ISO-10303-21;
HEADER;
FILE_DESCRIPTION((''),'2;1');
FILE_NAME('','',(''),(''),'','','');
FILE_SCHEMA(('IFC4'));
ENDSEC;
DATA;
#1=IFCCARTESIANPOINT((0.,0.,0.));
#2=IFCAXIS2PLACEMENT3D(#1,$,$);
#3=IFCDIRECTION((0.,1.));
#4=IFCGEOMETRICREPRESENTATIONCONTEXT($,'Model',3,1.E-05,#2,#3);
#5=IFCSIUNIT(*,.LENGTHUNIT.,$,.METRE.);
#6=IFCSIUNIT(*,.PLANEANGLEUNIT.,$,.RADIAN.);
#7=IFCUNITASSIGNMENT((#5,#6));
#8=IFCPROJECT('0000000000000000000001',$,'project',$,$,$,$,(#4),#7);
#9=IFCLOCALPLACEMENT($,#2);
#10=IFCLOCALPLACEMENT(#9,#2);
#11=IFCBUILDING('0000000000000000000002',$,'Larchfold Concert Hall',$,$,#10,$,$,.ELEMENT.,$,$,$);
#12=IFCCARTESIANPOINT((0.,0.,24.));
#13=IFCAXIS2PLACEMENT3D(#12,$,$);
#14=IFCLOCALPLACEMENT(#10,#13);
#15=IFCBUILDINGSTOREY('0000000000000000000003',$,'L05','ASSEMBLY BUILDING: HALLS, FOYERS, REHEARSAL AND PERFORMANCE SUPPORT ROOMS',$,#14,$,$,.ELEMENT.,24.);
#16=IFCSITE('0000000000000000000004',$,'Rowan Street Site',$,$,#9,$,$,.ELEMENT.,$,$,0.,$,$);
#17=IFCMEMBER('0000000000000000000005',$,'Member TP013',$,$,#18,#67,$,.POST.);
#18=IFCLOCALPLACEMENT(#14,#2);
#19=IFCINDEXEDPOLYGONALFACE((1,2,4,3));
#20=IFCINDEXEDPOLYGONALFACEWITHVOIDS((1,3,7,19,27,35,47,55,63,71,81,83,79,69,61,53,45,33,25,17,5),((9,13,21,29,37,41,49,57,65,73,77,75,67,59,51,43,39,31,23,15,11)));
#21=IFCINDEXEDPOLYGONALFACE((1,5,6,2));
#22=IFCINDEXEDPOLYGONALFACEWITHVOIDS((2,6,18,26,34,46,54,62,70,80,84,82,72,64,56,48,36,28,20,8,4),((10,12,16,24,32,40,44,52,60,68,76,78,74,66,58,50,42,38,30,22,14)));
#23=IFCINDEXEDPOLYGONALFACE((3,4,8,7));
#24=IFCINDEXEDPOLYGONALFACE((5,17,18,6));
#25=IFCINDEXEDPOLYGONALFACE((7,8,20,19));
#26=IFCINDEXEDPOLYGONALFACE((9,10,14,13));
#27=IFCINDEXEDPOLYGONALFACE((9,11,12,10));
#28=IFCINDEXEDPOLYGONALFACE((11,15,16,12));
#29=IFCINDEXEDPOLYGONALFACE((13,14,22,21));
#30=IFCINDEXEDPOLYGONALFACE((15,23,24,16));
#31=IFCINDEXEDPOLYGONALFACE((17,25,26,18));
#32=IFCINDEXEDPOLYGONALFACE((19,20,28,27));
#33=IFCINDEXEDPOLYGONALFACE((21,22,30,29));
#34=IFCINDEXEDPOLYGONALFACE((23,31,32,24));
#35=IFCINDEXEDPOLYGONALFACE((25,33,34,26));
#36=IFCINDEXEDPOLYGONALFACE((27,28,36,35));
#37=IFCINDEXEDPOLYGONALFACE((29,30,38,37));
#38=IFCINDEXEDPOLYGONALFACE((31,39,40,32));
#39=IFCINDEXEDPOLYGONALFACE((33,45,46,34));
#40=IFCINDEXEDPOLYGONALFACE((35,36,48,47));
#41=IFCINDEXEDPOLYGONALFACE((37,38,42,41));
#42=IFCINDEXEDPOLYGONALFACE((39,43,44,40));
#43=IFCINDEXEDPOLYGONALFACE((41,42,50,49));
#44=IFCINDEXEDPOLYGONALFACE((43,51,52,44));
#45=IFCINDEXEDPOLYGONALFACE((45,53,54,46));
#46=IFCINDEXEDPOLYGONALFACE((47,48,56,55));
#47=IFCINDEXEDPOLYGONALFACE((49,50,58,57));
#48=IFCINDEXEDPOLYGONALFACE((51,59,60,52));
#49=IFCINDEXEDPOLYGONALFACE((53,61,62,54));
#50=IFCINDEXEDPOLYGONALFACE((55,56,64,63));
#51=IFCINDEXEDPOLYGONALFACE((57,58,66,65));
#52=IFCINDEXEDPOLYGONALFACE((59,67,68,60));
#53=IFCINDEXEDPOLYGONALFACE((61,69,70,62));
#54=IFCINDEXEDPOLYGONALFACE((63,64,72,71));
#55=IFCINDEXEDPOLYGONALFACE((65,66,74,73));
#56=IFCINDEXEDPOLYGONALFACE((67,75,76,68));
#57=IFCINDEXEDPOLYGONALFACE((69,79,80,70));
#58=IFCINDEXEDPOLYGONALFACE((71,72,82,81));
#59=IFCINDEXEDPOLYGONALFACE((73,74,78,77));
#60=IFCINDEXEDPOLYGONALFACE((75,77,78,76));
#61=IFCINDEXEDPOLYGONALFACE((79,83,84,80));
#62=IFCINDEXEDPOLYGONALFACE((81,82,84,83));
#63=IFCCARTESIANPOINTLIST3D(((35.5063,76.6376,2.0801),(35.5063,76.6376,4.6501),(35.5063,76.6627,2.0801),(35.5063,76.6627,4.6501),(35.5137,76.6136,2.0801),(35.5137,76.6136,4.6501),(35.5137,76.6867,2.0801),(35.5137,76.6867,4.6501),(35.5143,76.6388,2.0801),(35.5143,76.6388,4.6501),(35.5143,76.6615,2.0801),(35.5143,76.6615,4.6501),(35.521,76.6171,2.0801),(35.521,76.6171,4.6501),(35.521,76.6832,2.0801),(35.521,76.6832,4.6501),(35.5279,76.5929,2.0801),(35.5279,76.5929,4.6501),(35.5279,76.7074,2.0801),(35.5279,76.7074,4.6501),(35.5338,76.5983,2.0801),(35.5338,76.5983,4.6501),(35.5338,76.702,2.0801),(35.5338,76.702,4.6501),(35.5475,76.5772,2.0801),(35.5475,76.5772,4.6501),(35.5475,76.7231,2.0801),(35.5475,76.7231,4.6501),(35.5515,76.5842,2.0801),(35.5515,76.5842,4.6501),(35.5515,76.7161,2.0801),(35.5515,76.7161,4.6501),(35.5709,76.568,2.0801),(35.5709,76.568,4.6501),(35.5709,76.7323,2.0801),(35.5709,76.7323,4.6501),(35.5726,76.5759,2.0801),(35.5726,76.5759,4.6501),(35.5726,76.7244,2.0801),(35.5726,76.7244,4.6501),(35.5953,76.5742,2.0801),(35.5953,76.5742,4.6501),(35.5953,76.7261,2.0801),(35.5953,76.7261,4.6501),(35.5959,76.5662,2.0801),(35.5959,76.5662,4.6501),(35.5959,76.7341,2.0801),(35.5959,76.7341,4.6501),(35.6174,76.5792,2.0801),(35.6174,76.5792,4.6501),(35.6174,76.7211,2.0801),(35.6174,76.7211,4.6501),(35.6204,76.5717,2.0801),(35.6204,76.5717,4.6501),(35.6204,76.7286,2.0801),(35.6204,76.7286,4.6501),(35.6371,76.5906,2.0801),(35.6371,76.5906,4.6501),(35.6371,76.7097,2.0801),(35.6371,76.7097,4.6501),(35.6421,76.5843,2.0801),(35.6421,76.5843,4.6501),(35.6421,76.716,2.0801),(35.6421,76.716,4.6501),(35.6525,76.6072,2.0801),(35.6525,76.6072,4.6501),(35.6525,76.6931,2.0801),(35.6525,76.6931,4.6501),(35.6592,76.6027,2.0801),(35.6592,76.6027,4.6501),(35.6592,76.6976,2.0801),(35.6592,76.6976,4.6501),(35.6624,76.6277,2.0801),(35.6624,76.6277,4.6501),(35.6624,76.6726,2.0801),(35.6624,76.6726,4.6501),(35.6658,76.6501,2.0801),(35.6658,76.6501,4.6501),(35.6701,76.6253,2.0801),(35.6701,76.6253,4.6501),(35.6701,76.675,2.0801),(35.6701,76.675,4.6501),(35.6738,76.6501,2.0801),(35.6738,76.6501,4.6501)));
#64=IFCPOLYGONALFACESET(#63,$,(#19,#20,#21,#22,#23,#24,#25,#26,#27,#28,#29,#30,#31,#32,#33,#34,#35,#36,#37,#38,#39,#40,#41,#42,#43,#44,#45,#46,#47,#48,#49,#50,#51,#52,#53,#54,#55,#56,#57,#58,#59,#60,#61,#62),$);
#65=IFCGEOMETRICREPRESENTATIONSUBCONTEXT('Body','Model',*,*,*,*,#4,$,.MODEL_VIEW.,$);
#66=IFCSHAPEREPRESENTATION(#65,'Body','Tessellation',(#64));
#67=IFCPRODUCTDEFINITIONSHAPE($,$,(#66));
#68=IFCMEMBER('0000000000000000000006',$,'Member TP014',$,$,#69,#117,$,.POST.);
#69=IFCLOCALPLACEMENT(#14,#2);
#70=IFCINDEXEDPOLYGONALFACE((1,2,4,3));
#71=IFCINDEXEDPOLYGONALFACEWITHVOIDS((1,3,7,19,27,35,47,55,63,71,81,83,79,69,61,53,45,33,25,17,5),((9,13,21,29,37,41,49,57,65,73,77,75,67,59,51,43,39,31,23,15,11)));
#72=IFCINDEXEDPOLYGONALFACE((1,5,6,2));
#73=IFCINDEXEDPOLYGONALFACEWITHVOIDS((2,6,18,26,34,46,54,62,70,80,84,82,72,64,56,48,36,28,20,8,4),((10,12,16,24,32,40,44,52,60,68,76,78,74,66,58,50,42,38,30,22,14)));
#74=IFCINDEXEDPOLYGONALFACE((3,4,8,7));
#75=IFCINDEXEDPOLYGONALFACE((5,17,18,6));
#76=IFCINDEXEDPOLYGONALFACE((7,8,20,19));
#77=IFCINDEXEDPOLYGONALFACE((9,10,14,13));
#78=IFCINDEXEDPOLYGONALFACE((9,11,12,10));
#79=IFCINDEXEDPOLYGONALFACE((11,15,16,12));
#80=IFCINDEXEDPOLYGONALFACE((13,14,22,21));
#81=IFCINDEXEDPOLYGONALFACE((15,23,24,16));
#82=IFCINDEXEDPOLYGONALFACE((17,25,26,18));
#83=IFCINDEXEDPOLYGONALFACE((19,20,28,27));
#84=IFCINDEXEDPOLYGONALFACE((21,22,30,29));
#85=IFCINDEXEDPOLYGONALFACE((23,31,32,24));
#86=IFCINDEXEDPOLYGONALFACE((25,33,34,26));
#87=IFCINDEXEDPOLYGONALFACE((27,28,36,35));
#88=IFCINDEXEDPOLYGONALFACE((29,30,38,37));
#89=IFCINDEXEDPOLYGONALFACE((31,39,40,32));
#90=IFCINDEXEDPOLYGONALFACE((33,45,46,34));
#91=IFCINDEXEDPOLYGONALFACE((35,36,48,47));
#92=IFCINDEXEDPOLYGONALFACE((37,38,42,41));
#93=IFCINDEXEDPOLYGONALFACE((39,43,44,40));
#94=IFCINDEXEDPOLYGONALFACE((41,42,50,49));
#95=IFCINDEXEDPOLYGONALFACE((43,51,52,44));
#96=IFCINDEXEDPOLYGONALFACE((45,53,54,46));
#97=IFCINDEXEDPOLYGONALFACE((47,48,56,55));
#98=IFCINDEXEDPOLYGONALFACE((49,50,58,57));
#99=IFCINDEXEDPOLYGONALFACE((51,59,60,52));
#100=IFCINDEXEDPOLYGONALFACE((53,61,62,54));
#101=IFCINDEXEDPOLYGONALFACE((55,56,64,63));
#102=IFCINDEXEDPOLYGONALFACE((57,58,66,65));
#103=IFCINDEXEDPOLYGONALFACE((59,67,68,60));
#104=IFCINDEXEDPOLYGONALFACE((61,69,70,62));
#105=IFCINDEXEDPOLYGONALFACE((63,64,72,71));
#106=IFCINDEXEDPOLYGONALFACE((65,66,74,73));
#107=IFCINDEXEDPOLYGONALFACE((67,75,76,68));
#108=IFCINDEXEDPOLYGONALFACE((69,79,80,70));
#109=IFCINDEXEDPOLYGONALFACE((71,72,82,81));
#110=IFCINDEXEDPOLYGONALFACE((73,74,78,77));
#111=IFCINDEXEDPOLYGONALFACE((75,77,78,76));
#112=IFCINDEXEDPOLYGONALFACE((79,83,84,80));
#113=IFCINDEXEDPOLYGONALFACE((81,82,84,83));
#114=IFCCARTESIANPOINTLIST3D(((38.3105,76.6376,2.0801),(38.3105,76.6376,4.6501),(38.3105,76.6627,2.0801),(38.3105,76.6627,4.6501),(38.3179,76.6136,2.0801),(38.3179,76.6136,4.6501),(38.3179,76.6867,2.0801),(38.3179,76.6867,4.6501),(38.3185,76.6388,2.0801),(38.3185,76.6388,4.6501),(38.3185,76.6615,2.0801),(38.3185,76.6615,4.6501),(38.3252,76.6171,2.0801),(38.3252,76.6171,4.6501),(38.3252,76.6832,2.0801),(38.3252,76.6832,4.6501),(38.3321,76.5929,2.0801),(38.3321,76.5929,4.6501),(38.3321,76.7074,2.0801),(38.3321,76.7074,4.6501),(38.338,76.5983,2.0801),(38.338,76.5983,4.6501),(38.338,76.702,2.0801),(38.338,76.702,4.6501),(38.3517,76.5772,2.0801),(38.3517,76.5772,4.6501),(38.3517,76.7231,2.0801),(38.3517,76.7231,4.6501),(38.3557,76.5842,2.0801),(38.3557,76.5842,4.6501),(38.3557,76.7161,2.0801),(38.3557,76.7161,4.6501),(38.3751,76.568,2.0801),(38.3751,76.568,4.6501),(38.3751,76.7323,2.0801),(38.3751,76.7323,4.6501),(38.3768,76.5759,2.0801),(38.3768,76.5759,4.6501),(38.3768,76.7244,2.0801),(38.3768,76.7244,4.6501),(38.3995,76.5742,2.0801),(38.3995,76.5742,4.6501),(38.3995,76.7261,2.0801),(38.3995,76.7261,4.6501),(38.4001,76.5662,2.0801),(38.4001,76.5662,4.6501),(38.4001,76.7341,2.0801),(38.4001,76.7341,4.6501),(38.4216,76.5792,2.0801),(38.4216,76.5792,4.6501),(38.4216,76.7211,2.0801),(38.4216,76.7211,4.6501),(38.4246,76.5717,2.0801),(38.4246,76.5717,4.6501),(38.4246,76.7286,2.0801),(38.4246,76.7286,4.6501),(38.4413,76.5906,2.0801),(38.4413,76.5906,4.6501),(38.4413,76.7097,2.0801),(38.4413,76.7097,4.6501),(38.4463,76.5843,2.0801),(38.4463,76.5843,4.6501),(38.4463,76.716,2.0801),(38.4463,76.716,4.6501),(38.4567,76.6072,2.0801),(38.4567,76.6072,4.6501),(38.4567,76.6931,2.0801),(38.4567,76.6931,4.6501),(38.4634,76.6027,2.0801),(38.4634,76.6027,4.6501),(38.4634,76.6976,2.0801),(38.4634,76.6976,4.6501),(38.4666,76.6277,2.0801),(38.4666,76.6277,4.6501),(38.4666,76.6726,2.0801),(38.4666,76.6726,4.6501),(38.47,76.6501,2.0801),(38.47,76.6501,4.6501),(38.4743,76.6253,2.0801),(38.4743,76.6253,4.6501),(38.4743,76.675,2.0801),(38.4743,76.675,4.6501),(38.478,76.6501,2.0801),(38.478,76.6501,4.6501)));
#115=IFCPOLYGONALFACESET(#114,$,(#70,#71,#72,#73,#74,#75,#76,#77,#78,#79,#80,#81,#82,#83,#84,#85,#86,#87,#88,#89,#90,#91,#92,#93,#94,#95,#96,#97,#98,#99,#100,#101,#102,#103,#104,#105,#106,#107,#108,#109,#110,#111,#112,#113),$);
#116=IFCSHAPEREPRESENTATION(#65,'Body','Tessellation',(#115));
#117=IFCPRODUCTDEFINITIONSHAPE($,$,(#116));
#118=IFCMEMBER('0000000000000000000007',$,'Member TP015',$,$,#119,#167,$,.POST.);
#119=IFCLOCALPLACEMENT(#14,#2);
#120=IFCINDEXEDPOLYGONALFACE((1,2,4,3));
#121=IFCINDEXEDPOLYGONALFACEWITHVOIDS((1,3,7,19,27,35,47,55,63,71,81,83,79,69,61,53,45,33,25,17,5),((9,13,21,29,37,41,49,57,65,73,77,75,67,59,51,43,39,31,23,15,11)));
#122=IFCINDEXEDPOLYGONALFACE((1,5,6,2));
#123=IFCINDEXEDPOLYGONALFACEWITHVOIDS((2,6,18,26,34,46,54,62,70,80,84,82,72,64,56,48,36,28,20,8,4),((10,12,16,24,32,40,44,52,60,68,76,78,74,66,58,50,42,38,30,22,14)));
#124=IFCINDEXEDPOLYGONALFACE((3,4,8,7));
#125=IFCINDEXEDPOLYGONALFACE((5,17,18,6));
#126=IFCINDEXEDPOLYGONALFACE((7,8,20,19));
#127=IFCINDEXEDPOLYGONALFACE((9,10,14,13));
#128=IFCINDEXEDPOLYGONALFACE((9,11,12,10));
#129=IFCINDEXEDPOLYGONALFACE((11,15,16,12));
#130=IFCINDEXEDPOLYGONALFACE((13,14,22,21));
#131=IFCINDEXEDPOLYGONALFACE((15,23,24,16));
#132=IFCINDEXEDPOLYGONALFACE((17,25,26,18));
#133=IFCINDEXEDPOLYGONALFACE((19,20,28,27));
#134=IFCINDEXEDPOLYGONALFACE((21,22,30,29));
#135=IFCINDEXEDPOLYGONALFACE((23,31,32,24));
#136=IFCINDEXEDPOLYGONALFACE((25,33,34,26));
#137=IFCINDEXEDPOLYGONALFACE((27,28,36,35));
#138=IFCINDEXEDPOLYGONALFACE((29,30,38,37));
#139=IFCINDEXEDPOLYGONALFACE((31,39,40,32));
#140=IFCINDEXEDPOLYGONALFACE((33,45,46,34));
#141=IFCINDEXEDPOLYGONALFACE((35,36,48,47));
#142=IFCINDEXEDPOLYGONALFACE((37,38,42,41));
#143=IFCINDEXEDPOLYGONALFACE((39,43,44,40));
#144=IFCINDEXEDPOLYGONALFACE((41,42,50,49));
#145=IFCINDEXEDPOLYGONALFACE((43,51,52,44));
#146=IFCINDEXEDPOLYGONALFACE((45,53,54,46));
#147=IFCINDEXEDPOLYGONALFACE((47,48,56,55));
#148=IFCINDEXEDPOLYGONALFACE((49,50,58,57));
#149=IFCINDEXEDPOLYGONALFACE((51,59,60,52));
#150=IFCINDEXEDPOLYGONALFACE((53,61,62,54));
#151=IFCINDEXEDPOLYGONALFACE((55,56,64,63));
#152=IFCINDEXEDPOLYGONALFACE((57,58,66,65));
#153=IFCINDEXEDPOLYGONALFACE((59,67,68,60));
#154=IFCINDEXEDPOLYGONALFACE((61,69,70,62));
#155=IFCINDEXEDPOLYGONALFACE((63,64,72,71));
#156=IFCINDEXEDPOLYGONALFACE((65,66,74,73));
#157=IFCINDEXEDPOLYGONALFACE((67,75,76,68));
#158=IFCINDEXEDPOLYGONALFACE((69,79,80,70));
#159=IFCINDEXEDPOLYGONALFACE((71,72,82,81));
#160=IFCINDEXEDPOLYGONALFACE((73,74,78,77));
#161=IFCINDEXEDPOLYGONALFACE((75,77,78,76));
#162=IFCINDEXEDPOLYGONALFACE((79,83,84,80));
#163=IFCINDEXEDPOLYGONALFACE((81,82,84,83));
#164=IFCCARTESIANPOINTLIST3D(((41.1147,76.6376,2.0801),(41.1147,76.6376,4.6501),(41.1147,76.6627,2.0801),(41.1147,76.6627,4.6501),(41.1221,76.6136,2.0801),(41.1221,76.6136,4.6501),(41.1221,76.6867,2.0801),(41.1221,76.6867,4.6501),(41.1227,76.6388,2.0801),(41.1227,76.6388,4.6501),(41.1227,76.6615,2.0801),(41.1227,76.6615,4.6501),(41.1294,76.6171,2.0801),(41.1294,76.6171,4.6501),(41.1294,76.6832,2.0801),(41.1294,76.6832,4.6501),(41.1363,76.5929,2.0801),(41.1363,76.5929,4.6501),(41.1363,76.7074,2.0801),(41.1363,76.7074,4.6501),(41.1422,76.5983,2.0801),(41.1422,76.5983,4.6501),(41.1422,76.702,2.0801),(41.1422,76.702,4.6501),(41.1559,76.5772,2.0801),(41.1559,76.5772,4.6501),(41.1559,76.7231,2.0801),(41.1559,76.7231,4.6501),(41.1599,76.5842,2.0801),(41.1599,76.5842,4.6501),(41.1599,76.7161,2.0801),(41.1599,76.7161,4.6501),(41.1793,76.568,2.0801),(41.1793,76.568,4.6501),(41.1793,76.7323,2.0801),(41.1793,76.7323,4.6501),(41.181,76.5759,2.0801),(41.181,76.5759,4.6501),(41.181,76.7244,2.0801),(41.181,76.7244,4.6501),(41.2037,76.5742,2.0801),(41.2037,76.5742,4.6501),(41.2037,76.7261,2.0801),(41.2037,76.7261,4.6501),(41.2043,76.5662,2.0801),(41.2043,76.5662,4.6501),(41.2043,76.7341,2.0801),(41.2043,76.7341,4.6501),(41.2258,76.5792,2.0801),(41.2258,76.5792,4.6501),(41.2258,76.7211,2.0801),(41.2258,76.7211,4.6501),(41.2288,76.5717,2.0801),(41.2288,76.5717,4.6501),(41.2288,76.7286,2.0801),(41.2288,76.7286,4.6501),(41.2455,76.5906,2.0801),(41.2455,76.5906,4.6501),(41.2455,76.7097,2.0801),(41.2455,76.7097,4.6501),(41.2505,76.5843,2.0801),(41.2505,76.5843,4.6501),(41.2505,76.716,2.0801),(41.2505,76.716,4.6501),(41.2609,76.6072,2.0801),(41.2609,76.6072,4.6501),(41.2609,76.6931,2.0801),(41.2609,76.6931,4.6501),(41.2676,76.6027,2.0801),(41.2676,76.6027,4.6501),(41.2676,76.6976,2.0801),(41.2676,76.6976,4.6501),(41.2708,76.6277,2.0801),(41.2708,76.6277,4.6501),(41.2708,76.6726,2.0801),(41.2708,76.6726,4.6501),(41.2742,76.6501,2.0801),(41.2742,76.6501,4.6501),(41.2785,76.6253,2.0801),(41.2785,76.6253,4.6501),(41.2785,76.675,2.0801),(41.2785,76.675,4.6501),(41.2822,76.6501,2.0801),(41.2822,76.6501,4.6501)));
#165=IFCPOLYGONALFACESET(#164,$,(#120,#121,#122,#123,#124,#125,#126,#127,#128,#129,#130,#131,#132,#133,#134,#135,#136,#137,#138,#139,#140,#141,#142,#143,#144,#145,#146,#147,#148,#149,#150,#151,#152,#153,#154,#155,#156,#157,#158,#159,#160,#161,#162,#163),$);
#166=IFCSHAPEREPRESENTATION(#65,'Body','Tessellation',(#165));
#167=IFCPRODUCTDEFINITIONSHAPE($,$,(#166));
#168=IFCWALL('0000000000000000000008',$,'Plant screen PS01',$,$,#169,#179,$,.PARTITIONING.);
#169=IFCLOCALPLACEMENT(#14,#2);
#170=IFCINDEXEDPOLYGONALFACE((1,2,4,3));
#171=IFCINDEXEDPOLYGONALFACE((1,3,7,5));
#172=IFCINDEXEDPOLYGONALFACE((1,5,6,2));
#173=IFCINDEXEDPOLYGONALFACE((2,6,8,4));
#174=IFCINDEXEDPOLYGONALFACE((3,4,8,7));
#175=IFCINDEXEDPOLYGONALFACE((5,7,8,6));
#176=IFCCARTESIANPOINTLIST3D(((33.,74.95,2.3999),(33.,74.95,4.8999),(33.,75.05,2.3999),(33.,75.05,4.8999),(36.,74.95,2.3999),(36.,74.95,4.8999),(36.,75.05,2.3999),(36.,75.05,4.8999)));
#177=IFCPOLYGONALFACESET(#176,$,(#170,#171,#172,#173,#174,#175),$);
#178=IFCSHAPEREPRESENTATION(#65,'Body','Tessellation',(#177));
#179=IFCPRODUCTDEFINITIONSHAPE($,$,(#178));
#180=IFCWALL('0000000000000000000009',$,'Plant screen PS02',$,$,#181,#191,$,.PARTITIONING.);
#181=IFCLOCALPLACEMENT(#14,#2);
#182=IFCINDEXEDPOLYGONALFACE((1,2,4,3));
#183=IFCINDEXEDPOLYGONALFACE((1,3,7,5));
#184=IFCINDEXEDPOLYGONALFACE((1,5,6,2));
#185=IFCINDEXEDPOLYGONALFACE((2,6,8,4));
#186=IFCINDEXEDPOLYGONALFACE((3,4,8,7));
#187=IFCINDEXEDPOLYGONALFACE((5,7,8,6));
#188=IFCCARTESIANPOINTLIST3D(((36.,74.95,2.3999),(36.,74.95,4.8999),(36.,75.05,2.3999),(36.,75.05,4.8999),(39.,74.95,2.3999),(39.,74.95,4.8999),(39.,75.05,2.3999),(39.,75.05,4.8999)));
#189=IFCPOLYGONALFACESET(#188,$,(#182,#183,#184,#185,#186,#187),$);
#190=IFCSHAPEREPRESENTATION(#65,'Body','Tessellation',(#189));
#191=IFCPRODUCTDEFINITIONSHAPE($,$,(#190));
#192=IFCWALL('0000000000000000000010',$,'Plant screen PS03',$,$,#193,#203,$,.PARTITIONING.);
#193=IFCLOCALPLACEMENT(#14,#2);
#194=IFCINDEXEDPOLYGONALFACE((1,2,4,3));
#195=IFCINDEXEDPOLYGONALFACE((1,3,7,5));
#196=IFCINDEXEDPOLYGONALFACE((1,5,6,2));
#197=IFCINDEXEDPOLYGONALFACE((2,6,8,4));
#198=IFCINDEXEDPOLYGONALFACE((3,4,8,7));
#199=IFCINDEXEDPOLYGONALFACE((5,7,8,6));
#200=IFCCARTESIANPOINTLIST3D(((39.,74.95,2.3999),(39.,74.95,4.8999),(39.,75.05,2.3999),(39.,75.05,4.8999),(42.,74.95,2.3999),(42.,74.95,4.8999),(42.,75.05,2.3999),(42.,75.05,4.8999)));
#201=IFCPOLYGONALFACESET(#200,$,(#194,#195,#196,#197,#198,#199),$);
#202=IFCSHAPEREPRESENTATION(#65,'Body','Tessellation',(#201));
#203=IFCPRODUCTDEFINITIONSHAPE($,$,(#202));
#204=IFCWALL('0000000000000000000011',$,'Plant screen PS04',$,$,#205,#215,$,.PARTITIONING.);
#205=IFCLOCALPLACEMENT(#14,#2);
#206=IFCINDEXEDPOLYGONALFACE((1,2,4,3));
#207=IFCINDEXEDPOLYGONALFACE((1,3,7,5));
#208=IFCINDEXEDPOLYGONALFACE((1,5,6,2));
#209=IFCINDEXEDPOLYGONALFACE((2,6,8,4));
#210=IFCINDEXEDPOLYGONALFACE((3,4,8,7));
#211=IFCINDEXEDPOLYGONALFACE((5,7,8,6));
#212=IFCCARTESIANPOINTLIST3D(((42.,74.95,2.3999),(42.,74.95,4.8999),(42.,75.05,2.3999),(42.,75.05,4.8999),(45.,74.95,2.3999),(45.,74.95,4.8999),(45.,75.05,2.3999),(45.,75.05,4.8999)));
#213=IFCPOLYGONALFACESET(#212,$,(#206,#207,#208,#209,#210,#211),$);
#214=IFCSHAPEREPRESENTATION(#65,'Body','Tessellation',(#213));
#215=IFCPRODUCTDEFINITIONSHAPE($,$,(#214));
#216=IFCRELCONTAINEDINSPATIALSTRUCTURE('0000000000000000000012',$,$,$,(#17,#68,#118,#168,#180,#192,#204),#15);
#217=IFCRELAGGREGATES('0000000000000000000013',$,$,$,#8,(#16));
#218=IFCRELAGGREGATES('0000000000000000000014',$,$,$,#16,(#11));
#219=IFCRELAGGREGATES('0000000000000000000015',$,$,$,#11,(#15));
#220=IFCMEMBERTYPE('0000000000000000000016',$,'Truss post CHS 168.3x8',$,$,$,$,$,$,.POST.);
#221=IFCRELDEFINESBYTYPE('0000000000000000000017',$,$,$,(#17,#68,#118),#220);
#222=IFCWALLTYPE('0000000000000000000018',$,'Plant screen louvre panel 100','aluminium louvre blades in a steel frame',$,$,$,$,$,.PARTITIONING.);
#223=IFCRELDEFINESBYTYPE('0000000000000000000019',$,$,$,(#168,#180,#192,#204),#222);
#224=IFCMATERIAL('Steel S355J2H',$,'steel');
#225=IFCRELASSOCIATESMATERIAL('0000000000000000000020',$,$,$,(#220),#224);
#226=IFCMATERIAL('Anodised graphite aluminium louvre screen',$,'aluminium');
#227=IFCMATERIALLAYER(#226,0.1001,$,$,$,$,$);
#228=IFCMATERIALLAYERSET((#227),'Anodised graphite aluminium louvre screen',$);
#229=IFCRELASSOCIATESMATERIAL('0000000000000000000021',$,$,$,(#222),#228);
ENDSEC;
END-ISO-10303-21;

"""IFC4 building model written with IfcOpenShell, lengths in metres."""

from ifc_helpers import new_model, si_unit, direction, frame, frame_2d, origin, origin_2d, place, context, subcontext, project, spatial, rectangle, hollow_circle, extrude, material, layer, layer_set, material_profile, profile_set, type_object, element, save


model = new_model("IFC4")

# Units and contexts
model_context = context("Model", 3, precision=1e-05, world=origin(), true_north=direction((0.0, 1.0)))
body_context = subcontext(model_context, "Body", "Model", "MODEL_VIEW")
ifc_project = project(units=[si_unit("LENGTHUNIT", "METRE"), si_unit("PLANEANGLEUNIT", "RADIAN")], contexts=[model_context])

# Site, building, storey
site_placement = place(None, origin())
site = spatial("IfcSite", under=ifc_project, at=site_placement, Name="Rowan Street Site", CompositionType="ELEMENT", RefElevation=0.0)
building_placement = place(site_placement, origin())
building = spatial("IfcBuilding", under=site, at=building_placement, Name="Larchfold Concert Hall", CompositionType="ELEMENT")
storey_placement = place(building_placement, frame((0.0, 0.0, 24.0)))
storey = spatial("IfcBuildingStorey", under=building, at=storey_placement, Name="L05", Description="ASSEMBLY BUILDING: HALLS, FOYERS, REHEARSAL AND PERFORMANCE SUPPORT ROOMS", CompositionType="ELEMENT", Elevation=24.0)

# Members
ifc_material_1 = material(Name="Steel S355J2H", Category="steel")
ifc_material_profile_1 = material_profile(ifc_material_1, hollow_circle(Radius=0.0842, WallThickness=0.0081, at=origin_2d()))
ifc_profile_set_1 = profile_set([ifc_material_profile_1], Name="Steel S355J2H")
member_type = type_object("IfcMemberType", Name="Truss post CHS 168.3x8", PredefinedType="POST", material=ifc_profile_set_1)
for number, where, z_axis, x_axis, name in (
    (1, (35.5896, 76.6501, 2.0801), (0.0, 0.0, 1.0), (1.0, 0.0, 0.0), "Member TP013"),
    (2, (38.3938, 76.6501, 2.0801), (0.0, 0.0, 1.0), (1.0, 0.0, 0.0), "Member TP014"),
    (3, (41.198, 76.6501, 2.0801), (0.0, 0.0, 1.0), (1.0, 0.0, 0.0), "Member TP015"),
):
    element("IfcMember", number, at=place(storey_placement, frame(where, z_axis=z_axis, x_axis=x_axis)), inside=storey, type_object=member_type, Name=name, PredefinedType="POST", context=body_context, shape_type="SweptSolid", body=[
        extrude(hollow_circle(Radius=0.0842, WallThickness=0.0081, at=origin_2d()), origin(), (0.0, 0.0, 1.0), 2.5701),
    ])

# Walls
ifc_material_2 = material(Name="Anodised graphite aluminium louvre screen", Category="aluminium")
ifc_layer_1 = layer(ifc_material_2, 0.1001)
ifc_layer_set_1 = layer_set([ifc_layer_1], Name="Anodised graphite aluminium louvre screen")
wall_type_1 = type_object("IfcWallType", Name="Plant screen louvre panel 100", Description="aluminium louvre blades in a steel frame", PredefinedType="PARTITIONING", material=ifc_layer_set_1)
for number, where, z_axis, x_axis, name in (
    (4, (33.0, 75.0, 2.3999), (0.0, 0.0, 1.0), (1.0, 0.0, 0.0), "Plant screen PS01"),
    (5, (36.0, 75.0, 2.3999), (0.0, 0.0, 1.0), (1.0, 0.0, 0.0), "Plant screen PS02"),
    (6, (39.0, 75.0, 2.3999), (0.0, 0.0, 1.0), (1.0, 0.0, 0.0), "Plant screen PS03"),
    (7, (42.0, 75.0, 2.3999), (0.0, 0.0, 1.0), (1.0, 0.0, 0.0), "Plant screen PS04"),
):
    element("IfcWall", number, at=place(storey_placement, frame(where, z_axis=z_axis, x_axis=x_axis)), inside=storey, type_object=wall_type_1, Name=name, PredefinedType="PARTITIONING", context=body_context, shape_type="SweptSolid", body=[
        extrude(rectangle(XDim=3.0, YDim=0.1001, at=frame_2d((1.5, 0.0))), origin(), (0.0, 0.0, 1.0), 2.5),
    ])

save(model, "model.ifc")
